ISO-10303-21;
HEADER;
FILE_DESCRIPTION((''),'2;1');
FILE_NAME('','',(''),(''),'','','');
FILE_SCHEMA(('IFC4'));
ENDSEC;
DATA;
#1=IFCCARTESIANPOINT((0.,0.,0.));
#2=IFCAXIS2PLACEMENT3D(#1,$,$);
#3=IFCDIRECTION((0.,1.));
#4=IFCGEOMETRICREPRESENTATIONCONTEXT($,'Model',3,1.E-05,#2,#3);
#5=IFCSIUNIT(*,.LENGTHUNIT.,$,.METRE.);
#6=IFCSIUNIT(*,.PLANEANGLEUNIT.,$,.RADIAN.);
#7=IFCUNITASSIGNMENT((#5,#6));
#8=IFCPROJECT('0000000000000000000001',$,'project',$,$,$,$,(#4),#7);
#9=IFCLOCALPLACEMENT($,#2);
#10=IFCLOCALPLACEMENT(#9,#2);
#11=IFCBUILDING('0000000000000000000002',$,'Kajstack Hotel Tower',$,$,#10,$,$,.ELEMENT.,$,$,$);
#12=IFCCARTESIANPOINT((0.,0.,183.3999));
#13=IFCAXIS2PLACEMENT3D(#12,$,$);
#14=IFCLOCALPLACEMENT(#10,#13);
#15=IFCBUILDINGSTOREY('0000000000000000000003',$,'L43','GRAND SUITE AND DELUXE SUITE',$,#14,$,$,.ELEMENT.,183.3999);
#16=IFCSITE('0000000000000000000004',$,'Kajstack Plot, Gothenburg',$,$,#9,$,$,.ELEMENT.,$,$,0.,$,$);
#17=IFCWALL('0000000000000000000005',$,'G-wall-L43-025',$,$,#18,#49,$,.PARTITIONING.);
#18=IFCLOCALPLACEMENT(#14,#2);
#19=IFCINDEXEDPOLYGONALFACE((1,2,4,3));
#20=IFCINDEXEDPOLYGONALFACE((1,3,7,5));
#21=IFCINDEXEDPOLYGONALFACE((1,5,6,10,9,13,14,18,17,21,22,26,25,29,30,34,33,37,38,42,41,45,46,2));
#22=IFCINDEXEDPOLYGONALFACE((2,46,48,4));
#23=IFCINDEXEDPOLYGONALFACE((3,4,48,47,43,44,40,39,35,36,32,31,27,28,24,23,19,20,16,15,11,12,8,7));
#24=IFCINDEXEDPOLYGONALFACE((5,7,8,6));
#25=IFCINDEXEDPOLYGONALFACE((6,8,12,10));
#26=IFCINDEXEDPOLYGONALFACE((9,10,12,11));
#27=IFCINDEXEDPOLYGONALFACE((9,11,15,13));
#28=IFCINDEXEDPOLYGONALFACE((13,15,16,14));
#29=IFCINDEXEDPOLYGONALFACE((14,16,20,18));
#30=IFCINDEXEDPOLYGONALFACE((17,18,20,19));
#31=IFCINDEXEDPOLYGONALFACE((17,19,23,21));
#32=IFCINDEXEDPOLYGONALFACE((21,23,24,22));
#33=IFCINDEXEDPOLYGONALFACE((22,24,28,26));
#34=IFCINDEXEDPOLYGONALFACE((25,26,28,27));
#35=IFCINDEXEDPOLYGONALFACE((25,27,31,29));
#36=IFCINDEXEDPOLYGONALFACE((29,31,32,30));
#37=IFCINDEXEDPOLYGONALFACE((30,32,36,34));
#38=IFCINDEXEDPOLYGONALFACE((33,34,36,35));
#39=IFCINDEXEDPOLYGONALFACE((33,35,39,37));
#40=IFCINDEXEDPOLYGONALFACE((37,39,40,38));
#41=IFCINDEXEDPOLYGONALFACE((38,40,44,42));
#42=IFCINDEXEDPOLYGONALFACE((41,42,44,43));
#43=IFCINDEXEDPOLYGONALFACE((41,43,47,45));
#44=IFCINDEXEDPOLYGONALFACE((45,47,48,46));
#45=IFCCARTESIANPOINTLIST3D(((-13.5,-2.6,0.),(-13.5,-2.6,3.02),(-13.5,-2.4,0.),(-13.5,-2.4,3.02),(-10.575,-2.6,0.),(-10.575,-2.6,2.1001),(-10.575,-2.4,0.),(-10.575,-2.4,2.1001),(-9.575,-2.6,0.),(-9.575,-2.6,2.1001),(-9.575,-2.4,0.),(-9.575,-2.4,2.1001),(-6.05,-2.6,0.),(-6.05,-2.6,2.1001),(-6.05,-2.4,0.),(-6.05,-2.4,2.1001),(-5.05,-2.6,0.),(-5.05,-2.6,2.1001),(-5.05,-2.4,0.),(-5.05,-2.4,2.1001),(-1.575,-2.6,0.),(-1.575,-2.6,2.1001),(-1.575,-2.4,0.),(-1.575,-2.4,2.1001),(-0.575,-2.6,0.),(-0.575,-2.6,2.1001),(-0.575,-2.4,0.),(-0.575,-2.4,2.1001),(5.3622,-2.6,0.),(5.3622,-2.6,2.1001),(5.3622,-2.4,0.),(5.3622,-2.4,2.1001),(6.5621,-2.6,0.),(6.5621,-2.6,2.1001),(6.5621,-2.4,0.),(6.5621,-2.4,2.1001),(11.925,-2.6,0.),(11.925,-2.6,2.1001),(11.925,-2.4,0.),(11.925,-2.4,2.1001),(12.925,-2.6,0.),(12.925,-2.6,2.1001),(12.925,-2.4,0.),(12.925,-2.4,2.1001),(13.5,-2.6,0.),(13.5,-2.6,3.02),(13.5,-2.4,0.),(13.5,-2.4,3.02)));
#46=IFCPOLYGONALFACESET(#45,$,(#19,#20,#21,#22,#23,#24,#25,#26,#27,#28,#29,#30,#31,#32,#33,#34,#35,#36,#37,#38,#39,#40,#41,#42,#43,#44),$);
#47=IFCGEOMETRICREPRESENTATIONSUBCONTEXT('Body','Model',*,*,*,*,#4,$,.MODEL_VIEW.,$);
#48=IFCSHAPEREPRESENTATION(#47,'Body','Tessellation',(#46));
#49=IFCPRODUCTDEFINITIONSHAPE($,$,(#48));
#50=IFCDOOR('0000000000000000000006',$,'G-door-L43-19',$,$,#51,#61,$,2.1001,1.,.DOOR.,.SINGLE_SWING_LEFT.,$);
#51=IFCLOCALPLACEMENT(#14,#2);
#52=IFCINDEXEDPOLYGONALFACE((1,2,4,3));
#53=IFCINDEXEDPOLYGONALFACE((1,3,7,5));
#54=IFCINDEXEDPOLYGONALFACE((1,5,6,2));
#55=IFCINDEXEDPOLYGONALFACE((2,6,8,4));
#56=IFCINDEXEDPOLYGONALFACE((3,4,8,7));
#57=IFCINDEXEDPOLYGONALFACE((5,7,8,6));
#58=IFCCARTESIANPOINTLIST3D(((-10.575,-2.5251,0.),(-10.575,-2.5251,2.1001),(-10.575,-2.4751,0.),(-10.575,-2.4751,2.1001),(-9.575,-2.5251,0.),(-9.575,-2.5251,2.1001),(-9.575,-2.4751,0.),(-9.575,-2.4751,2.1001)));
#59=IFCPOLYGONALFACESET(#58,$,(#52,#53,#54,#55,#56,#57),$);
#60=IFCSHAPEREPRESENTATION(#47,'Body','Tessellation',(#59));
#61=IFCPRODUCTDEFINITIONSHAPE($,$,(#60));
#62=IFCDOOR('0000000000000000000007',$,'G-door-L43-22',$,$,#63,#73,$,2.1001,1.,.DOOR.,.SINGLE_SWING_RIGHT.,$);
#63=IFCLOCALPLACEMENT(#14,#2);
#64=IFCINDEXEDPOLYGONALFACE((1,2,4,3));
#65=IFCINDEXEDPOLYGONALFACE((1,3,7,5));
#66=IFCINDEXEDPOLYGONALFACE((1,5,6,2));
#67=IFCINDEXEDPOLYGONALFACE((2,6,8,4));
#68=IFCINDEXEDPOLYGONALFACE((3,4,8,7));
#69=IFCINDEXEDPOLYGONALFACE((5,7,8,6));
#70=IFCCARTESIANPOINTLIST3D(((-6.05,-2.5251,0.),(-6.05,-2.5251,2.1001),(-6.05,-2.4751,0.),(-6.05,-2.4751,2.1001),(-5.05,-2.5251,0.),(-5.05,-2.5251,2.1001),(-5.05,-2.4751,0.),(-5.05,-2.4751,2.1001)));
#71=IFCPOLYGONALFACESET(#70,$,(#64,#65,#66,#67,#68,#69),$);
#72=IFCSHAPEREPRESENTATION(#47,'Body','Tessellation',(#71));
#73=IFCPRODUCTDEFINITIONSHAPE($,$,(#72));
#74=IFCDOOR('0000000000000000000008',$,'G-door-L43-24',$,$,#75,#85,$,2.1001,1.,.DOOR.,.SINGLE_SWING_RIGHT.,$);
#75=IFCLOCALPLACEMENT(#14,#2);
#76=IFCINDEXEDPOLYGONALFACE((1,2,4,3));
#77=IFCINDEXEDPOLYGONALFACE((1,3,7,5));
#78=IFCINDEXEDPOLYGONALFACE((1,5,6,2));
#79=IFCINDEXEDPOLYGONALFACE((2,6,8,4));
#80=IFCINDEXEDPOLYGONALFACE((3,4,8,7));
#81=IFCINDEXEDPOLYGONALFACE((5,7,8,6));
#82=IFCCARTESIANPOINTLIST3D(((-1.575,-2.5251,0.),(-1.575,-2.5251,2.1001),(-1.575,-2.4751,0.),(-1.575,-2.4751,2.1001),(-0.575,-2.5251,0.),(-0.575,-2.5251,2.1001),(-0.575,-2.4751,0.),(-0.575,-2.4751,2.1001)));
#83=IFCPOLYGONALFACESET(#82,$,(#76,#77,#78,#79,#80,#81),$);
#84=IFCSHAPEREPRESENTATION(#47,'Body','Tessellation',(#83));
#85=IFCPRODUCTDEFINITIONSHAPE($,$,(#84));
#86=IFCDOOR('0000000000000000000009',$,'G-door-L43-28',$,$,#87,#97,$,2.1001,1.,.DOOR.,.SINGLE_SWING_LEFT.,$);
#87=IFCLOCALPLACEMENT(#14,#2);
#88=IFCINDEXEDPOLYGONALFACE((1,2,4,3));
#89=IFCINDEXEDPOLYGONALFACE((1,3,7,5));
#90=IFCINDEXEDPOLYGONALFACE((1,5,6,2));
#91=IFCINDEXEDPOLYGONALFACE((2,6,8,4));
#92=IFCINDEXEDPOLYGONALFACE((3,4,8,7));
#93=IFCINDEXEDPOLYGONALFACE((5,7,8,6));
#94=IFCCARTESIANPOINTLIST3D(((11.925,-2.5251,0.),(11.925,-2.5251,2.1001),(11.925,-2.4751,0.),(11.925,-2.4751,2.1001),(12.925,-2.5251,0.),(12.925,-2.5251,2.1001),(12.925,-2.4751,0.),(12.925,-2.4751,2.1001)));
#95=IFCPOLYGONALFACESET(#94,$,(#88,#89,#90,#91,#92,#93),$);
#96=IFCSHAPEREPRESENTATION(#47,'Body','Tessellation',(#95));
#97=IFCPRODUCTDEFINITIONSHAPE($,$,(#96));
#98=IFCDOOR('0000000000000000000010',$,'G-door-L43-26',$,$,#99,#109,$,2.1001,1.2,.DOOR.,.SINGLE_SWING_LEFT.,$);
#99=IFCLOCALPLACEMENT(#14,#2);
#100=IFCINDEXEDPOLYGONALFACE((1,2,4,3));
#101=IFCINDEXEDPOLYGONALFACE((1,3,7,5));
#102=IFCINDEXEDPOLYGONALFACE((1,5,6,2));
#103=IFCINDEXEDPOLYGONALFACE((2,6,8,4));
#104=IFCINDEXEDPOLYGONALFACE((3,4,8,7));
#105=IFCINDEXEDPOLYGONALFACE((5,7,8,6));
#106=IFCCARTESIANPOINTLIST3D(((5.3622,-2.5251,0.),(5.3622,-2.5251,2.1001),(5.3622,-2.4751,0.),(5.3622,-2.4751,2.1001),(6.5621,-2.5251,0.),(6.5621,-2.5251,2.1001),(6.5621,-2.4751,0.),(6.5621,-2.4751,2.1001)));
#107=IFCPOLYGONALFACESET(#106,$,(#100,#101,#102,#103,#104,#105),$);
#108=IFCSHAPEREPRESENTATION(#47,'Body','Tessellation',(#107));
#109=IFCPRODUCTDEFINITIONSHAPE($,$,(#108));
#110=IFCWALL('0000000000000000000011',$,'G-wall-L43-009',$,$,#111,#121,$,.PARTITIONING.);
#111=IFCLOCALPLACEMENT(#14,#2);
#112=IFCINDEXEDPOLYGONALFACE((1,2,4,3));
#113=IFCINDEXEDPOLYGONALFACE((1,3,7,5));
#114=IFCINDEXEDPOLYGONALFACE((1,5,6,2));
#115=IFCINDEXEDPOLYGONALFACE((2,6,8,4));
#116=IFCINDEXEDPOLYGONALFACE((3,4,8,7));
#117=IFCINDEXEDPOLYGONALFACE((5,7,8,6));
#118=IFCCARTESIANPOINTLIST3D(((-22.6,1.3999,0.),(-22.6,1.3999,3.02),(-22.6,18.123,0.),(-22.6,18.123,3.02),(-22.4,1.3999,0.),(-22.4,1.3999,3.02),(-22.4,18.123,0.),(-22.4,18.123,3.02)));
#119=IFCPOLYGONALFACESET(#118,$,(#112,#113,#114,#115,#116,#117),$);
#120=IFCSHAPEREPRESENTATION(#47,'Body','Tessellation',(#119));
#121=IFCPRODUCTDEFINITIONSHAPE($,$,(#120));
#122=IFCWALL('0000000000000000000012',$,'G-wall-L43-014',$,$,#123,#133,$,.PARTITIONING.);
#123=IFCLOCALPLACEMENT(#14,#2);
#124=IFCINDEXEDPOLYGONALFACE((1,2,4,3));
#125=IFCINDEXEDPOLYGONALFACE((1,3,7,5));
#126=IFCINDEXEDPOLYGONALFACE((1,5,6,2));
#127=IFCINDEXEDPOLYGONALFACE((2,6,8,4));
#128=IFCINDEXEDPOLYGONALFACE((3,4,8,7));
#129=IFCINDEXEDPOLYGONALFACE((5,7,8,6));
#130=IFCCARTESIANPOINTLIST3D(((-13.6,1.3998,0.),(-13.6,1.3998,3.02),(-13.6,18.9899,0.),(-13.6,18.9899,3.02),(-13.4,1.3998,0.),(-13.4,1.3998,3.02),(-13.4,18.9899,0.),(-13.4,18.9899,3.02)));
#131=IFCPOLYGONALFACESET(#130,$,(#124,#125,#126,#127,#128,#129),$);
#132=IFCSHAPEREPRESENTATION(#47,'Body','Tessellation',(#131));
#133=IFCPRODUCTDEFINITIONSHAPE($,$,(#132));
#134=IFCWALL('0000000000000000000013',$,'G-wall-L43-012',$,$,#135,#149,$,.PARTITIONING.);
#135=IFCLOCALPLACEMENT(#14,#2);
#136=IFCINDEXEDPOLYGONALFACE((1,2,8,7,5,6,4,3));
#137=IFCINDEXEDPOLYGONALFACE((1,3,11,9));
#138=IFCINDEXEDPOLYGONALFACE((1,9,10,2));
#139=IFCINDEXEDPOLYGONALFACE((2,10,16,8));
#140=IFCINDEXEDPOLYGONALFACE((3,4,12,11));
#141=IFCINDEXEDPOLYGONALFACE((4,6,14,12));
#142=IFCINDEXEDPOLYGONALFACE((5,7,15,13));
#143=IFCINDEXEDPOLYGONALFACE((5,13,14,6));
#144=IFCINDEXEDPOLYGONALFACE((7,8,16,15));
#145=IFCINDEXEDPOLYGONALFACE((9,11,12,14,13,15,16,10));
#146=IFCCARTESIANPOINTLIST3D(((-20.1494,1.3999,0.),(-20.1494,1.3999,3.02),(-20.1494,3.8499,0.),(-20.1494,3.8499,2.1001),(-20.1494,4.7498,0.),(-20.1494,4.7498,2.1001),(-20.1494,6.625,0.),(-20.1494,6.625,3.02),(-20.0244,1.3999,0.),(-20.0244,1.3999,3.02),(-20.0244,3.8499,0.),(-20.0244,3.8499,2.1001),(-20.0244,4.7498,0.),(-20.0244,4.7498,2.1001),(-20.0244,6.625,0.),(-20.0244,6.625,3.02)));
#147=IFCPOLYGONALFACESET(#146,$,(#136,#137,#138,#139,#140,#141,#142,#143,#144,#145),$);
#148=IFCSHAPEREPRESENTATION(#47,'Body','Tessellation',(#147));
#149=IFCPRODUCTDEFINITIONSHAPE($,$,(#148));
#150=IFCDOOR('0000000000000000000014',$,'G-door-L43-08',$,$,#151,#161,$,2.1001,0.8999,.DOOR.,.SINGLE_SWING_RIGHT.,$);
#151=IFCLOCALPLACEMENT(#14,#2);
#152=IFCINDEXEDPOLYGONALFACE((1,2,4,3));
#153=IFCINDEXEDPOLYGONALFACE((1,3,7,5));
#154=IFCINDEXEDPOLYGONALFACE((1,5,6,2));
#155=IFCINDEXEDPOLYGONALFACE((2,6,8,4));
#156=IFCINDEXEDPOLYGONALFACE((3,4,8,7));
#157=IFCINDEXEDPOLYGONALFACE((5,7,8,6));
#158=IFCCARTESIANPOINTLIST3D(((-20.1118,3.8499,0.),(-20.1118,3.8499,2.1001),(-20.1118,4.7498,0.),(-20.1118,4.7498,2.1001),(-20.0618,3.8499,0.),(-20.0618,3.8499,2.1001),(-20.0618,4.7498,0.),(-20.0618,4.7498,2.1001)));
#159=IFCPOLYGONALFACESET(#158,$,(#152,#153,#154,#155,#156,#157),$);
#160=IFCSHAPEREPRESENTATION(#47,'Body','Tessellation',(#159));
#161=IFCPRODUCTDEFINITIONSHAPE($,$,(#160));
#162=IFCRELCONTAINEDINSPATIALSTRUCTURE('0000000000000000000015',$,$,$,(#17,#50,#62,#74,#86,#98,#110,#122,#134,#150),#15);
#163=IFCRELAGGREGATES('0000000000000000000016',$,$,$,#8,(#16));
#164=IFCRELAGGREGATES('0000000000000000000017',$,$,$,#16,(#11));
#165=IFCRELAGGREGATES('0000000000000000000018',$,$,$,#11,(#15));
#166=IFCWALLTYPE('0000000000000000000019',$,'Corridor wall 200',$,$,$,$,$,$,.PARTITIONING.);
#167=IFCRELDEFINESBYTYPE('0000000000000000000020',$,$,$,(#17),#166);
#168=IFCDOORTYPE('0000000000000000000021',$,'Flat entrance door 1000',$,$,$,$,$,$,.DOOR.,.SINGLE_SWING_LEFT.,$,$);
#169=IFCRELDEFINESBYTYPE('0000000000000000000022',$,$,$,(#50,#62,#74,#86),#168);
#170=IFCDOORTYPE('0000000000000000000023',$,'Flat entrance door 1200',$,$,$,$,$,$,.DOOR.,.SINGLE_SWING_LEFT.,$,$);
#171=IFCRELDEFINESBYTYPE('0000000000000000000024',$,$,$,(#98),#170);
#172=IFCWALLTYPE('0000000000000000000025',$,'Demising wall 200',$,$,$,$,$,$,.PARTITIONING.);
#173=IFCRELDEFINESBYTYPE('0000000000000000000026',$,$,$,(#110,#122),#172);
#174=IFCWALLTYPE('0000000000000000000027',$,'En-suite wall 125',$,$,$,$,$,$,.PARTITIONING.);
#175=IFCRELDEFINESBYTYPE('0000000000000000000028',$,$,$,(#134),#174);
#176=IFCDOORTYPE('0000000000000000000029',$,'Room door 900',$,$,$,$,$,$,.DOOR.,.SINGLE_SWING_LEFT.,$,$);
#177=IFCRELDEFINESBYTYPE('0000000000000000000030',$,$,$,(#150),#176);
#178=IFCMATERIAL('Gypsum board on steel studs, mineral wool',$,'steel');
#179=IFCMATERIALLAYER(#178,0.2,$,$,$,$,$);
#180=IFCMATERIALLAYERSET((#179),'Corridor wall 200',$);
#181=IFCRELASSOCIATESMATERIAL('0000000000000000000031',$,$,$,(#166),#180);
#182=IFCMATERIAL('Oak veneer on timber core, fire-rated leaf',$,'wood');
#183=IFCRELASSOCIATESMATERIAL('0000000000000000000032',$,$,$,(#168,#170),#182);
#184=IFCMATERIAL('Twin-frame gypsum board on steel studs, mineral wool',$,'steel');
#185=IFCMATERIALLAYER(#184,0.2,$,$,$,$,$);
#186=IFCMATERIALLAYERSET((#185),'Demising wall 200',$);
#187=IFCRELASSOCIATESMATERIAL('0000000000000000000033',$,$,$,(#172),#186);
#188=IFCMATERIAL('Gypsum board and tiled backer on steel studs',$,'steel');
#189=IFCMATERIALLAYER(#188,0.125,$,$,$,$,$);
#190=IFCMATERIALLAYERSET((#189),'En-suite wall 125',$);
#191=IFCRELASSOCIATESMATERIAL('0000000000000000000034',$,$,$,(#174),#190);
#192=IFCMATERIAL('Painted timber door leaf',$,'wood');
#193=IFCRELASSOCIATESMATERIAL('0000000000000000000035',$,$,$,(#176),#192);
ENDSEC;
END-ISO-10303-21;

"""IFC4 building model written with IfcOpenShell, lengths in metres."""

from ifc_helpers import new_model, si_unit, direction, frame, frame_2d, origin, place, context, subcontext, project, spatial, rectangle, extrude, material, layer, layer_set, type_object, element, fill, save


model = new_model("IFC4")

# Units and contexts
model_context = context("Model", 3, precision=1e-05, world=origin(), true_north=direction((0.0, 1.0)))
body_context = subcontext(model_context, "Body", "Model", "MODEL_VIEW")
ifc_project = project(units=[si_unit("LENGTHUNIT", "METRE"), si_unit("PLANEANGLEUNIT", "RADIAN")], contexts=[model_context])

# Site, building, storey
site_placement = place(None, origin())
site = spatial("IfcSite", under=ifc_project, at=site_placement, Name="Kajstack Plot, Gothenburg", CompositionType="ELEMENT", RefElevation=0.0)
building_placement = place(site_placement, origin())
building = spatial("IfcBuilding", under=site, at=building_placement, Name="Kajstack Hotel Tower", CompositionType="ELEMENT")
storey_placement = place(building_placement, frame((0.0, 0.0, 183.3999)))
storey = spatial("IfcBuildingStorey", under=building, at=storey_placement, Name="L43", Description="GRAND SUITE AND DELUXE SUITE", CompositionType="ELEMENT", Elevation=183.3999)

# Wall, openings, doors
ifc_material_1 = material(Name="Gypsum board on steel studs, mineral wool", Category="steel")
ifc_layer_1 = layer(ifc_material_1, 0.2)
ifc_layer_set_1 = layer_set([ifc_layer_1], Name="Corridor wall 200")
wall_type_1 = type_object("IfcWallType", Name="Corridor wall 200", PredefinedType="PARTITIONING", material=ifc_layer_set_1)
wall_1_placement = place(storey_placement, frame((-13.5, -2.5, 0.0), z_axis=(0.0, 0.0, 1.0), x_axis=(1.0, 0.0, 0.0)))
wall_1 = element("IfcWall", 1, at=wall_1_placement, inside=storey, type_object=wall_type_1, Name="G-wall-L43-025", PredefinedType="PARTITIONING", context=body_context, shape_type="SweptSolid", body=[
    extrude(rectangle(XDim=27.0, YDim=0.2, at=frame_2d((13.5, 0.0))), origin(), (0.0, 0.0, 1.0), 3.02),
])
opening_1_placement = place(wall_1_placement, frame((2.925, 0.0, 0.0)))
opening_1 = element("IfcOpeningElement", 2, at=opening_1_placement, cuts=wall_1, PredefinedType="OPENING", context=body_context, shape_type="SweptSolid", body=[
    extrude(rectangle(XDim=1.0, YDim=2.1001, at=frame_2d((0.5, 1.05))), frame((0.0, 0.1099, 0.0), z_axis=(0.0, -1.0, 0.0), x_axis=(1.0, 0.0, 0.0)), (0.0, 0.0, 1.0), 0.22),
])
opening_2_placement = place(wall_1_placement, frame((7.45, 0.0, 0.0)))
opening_2 = element("IfcOpeningElement", 3, at=opening_2_placement, cuts=wall_1, PredefinedType="OPENING", context=body_context, shape_type="SweptSolid", body=[
    extrude(rectangle(XDim=1.0, YDim=2.1001, at=frame_2d((0.5, 1.05))), frame((0.0, 0.1099, 0.0), z_axis=(0.0, -1.0, 0.0), x_axis=(1.0, 0.0, 0.0)), (0.0, 0.0, 1.0), 0.22),
])
opening_3_placement = place(wall_1_placement, frame((11.925, 0.0, 0.0)))
opening_3 = element("IfcOpeningElement", 4, at=opening_3_placement, cuts=wall_1, PredefinedType="OPENING", context=body_context, shape_type="SweptSolid", body=[
    extrude(rectangle(XDim=1.0, YDim=2.1001, at=frame_2d((0.5, 1.05))), frame((0.0, 0.1099, 0.0), z_axis=(0.0, -1.0, 0.0), x_axis=(1.0, 0.0, 0.0)), (0.0, 0.0, 1.0), 0.22),
])
opening_4_placement = place(wall_1_placement, frame((18.8621, 0.0, 0.0)))
opening_4 = element("IfcOpeningElement", 5, at=opening_4_placement, cuts=wall_1, PredefinedType="OPENING", context=body_context, shape_type="SweptSolid", body=[
    extrude(rectangle(XDim=1.2, YDim=2.1001, at=frame_2d((0.6001, 1.05))), frame((0.0, 0.1099, 0.0), z_axis=(0.0, -1.0, 0.0), x_axis=(1.0, 0.0, 0.0)), (0.0, 0.0, 1.0), 0.22),
])
opening_5_placement = place(wall_1_placement, frame((25.425, 0.0, 0.0)))
opening_5 = element("IfcOpeningElement", 6, at=opening_5_placement, cuts=wall_1, PredefinedType="OPENING", context=body_context, shape_type="SweptSolid", body=[
    extrude(rectangle(XDim=1.0, YDim=2.1001, at=frame_2d((0.5, 1.05))), frame((0.0, 0.1099, 0.0), z_axis=(0.0, -1.0, 0.0), x_axis=(1.0, 0.0, 0.0)), (0.0, 0.0, 1.0), 0.22),
])
ifc_material_2 = material(Name="Oak veneer on timber core, fire-rated leaf", Category="wood")
door_type_1 = type_object("IfcDoorType", Name="Flat entrance door 1000", OperationType="SINGLE_SWING_LEFT", PredefinedType="DOOR", material=ifc_material_2)
door_1_placement = place(opening_1_placement, origin())
door_1 = element("IfcDoor", 7, at=door_1_placement, inside=storey, type_object=door_type_1, Name="G-door-L43-19", OperationType="SINGLE_SWING_LEFT", OverallHeight=2.1001, OverallWidth=1.0, PredefinedType="DOOR", context=body_context, shape_type="SweptSolid", body=[
    extrude(rectangle(XDim=1.0, YDim=2.1001, at=frame_2d((0.5, 1.05))), frame((0.0, 0.0249, 0.0), z_axis=(0.0, -1.0, 0.0), x_axis=(1.0, 0.0, 0.0)), (0.0, 0.0, 1.0), 0.05),
])
fill(opening_1, door_1)
door_2_placement = place(opening_2_placement, origin())
door_2 = element("IfcDoor", 8, at=door_2_placement, inside=storey, type_object=door_type_1, Name="G-door-L43-22", OperationType="SINGLE_SWING_RIGHT", OverallHeight=2.1001, OverallWidth=1.0, PredefinedType="DOOR", context=body_context, shape_type="SweptSolid", body=[
    extrude(rectangle(XDim=1.0, YDim=2.1001, at=frame_2d((0.5, 1.05))), frame((0.0, 0.0249, 0.0), z_axis=(0.0, -1.0, 0.0), x_axis=(1.0, 0.0, 0.0)), (0.0, 0.0, 1.0), 0.05),
])
fill(opening_2, door_2)
door_3_placement = place(opening_3_placement, origin())
door_3 = element("IfcDoor", 9, at=door_3_placement, inside=storey, type_object=door_type_1, Name="G-door-L43-24", OperationType="SINGLE_SWING_RIGHT", OverallHeight=2.1001, OverallWidth=1.0, PredefinedType="DOOR", context=body_context, shape_type="SweptSolid", body=[
    extrude(rectangle(XDim=1.0, YDim=2.1001, at=frame_2d((0.5, 1.05))), frame((0.0, 0.0249, 0.0), z_axis=(0.0, -1.0, 0.0), x_axis=(1.0, 0.0, 0.0)), (0.0, 0.0, 1.0), 0.05),
])
fill(opening_3, door_3)
door_4_placement = place(opening_5_placement, origin())
door_4 = element("IfcDoor", 10, at=door_4_placement, inside=storey, type_object=door_type_1, Name="G-door-L43-28", OperationType="SINGLE_SWING_LEFT", OverallHeight=2.1001, OverallWidth=1.0, PredefinedType="DOOR", context=body_context, shape_type="SweptSolid", body=[
    extrude(rectangle(XDim=1.0, YDim=2.1001, at=frame_2d((0.5, 1.05))), frame((0.0, 0.0249, 0.0), z_axis=(0.0, -1.0, 0.0), x_axis=(1.0, 0.0, 0.0)), (0.0, 0.0, 1.0), 0.05),
])
fill(opening_5, door_4)
door_type_2 = type_object("IfcDoorType", Name="Flat entrance door 1200", OperationType="SINGLE_SWING_LEFT", PredefinedType="DOOR", material=ifc_material_2)
door_5_placement = place(opening_4_placement, origin())
door_5 = element("IfcDoor", 11, at=door_5_placement, inside=storey, type_object=door_type_2, Name="G-door-L43-26", OperationType="SINGLE_SWING_LEFT", OverallHeight=2.1001, OverallWidth=1.2, PredefinedType="DOOR", context=body_context, shape_type="SweptSolid", body=[
    extrude(rectangle(XDim=1.2, YDim=2.1001, at=frame_2d((0.6001, 1.05))), frame((0.0, 0.0249, 0.0), z_axis=(0.0, -1.0, 0.0), x_axis=(1.0, 0.0, 0.0)), (0.0, 0.0, 1.0), 0.05),
])
fill(opening_4, door_5)

# Walls
ifc_material_3 = material(Name="Twin-frame gypsum board on steel studs, mineral wool", Category="steel")
ifc_layer_2 = layer(ifc_material_3, 0.2)
ifc_layer_set_2 = layer_set([ifc_layer_2], Name="Demising wall 200")
wall_type_2 = type_object("IfcWallType", Name="Demising wall 200", PredefinedType="PARTITIONING", material=ifc_layer_set_2)
wall_2_placement = place(storey_placement, frame((-22.5, 1.3999, 0.0), z_axis=(0.0, 0.0, 1.0), x_axis=(0.0, 1.0, 0.0)))
element("IfcWall", 12, at=wall_2_placement, inside=storey, type_object=wall_type_2, Name="G-wall-L43-009", PredefinedType="PARTITIONING", context=body_context, shape_type="SweptSolid", body=[
    extrude(rectangle(XDim=16.7231, YDim=0.2, at=frame_2d((8.3616, 0.0))), origin(), (0.0, 0.0, 1.0), 3.02),
])
wall_3_placement = place(storey_placement, frame((-13.5, 1.3999, 0.0), z_axis=(0.0, 0.0, 1.0), x_axis=(0.0, 1.0, 0.0)))
element("IfcWall", 13, at=wall_3_placement, inside=storey, type_object=wall_type_2, Name="G-wall-L43-014", PredefinedType="PARTITIONING", context=body_context, shape_type="SweptSolid", body=[
    extrude(rectangle(XDim=17.5901, YDim=0.2, at=frame_2d((8.7949, 0.0))), origin(), (0.0, 0.0, 1.0), 3.02),
])

# Wall, opening, door
ifc_material_4 = material(Name="Gypsum board and tiled backer on steel studs", Category="steel")
ifc_layer_3 = layer(ifc_material_4, 0.125)
ifc_layer_set_3 = layer_set([ifc_layer_3], Name="En-suite wall 125")
wall_type_3 = type_object("IfcWallType", Name="En-suite wall 125", PredefinedType="PARTITIONING", material=ifc_layer_set_3)
wall_4_placement = place(storey_placement, frame((-20.0869, 1.3999, 0.0), z_axis=(0.0, 0.0, 1.0), x_axis=(0.0, 1.0, 0.0)))
wall_4 = element("IfcWall", 14, at=wall_4_placement, inside=storey, type_object=wall_type_3, Name="G-wall-L43-012", PredefinedType="PARTITIONING", context=body_context, shape_type="SweptSolid", body=[
    extrude(rectangle(XDim=5.2251, YDim=0.125, at=frame_2d((2.6125, 0.0))), origin(), (0.0, 0.0, 1.0), 3.02),
])
opening_6_placement = place(wall_4_placement, frame((2.45, 0.0, 0.0)))
opening_6 = element("IfcOpeningElement", 15, at=opening_6_placement, cuts=wall_4, PredefinedType="OPENING", context=body_context, shape_type="SweptSolid", body=[
    extrude(rectangle(XDim=0.8999, YDim=2.1001, at=frame_2d((0.45, 1.05))), frame((0.0, 0.0725, 0.0), z_axis=(0.0, -1.0, 0.0), x_axis=(1.0, 0.0, 0.0)), (0.0, 0.0, 1.0), 0.145),
])
ifc_material_5 = material(Name="Painted timber door leaf", Category="wood")
door_type_3 = type_object("IfcDoorType", Name="Room door 900", OperationType="SINGLE_SWING_LEFT", PredefinedType="DOOR", material=ifc_material_5)
door_6_placement = place(opening_6_placement, origin())
door_6 = element("IfcDoor", 16, at=door_6_placement, inside=storey, type_object=door_type_3, Name="G-door-L43-08", OperationType="SINGLE_SWING_RIGHT", OverallHeight=2.1001, OverallWidth=0.8999, PredefinedType="DOOR", context=body_context, shape_type="SweptSolid", body=[
    extrude(rectangle(XDim=0.8999, YDim=2.1001, at=frame_2d((0.45, 1.05))), frame((0.0, 0.0249, 0.0), z_axis=(0.0, -1.0, 0.0), x_axis=(1.0, 0.0, 0.0)), (0.0, 0.0, 1.0), 0.05),
])
fill(opening_6, door_6)

save(model, "model.ifc")
